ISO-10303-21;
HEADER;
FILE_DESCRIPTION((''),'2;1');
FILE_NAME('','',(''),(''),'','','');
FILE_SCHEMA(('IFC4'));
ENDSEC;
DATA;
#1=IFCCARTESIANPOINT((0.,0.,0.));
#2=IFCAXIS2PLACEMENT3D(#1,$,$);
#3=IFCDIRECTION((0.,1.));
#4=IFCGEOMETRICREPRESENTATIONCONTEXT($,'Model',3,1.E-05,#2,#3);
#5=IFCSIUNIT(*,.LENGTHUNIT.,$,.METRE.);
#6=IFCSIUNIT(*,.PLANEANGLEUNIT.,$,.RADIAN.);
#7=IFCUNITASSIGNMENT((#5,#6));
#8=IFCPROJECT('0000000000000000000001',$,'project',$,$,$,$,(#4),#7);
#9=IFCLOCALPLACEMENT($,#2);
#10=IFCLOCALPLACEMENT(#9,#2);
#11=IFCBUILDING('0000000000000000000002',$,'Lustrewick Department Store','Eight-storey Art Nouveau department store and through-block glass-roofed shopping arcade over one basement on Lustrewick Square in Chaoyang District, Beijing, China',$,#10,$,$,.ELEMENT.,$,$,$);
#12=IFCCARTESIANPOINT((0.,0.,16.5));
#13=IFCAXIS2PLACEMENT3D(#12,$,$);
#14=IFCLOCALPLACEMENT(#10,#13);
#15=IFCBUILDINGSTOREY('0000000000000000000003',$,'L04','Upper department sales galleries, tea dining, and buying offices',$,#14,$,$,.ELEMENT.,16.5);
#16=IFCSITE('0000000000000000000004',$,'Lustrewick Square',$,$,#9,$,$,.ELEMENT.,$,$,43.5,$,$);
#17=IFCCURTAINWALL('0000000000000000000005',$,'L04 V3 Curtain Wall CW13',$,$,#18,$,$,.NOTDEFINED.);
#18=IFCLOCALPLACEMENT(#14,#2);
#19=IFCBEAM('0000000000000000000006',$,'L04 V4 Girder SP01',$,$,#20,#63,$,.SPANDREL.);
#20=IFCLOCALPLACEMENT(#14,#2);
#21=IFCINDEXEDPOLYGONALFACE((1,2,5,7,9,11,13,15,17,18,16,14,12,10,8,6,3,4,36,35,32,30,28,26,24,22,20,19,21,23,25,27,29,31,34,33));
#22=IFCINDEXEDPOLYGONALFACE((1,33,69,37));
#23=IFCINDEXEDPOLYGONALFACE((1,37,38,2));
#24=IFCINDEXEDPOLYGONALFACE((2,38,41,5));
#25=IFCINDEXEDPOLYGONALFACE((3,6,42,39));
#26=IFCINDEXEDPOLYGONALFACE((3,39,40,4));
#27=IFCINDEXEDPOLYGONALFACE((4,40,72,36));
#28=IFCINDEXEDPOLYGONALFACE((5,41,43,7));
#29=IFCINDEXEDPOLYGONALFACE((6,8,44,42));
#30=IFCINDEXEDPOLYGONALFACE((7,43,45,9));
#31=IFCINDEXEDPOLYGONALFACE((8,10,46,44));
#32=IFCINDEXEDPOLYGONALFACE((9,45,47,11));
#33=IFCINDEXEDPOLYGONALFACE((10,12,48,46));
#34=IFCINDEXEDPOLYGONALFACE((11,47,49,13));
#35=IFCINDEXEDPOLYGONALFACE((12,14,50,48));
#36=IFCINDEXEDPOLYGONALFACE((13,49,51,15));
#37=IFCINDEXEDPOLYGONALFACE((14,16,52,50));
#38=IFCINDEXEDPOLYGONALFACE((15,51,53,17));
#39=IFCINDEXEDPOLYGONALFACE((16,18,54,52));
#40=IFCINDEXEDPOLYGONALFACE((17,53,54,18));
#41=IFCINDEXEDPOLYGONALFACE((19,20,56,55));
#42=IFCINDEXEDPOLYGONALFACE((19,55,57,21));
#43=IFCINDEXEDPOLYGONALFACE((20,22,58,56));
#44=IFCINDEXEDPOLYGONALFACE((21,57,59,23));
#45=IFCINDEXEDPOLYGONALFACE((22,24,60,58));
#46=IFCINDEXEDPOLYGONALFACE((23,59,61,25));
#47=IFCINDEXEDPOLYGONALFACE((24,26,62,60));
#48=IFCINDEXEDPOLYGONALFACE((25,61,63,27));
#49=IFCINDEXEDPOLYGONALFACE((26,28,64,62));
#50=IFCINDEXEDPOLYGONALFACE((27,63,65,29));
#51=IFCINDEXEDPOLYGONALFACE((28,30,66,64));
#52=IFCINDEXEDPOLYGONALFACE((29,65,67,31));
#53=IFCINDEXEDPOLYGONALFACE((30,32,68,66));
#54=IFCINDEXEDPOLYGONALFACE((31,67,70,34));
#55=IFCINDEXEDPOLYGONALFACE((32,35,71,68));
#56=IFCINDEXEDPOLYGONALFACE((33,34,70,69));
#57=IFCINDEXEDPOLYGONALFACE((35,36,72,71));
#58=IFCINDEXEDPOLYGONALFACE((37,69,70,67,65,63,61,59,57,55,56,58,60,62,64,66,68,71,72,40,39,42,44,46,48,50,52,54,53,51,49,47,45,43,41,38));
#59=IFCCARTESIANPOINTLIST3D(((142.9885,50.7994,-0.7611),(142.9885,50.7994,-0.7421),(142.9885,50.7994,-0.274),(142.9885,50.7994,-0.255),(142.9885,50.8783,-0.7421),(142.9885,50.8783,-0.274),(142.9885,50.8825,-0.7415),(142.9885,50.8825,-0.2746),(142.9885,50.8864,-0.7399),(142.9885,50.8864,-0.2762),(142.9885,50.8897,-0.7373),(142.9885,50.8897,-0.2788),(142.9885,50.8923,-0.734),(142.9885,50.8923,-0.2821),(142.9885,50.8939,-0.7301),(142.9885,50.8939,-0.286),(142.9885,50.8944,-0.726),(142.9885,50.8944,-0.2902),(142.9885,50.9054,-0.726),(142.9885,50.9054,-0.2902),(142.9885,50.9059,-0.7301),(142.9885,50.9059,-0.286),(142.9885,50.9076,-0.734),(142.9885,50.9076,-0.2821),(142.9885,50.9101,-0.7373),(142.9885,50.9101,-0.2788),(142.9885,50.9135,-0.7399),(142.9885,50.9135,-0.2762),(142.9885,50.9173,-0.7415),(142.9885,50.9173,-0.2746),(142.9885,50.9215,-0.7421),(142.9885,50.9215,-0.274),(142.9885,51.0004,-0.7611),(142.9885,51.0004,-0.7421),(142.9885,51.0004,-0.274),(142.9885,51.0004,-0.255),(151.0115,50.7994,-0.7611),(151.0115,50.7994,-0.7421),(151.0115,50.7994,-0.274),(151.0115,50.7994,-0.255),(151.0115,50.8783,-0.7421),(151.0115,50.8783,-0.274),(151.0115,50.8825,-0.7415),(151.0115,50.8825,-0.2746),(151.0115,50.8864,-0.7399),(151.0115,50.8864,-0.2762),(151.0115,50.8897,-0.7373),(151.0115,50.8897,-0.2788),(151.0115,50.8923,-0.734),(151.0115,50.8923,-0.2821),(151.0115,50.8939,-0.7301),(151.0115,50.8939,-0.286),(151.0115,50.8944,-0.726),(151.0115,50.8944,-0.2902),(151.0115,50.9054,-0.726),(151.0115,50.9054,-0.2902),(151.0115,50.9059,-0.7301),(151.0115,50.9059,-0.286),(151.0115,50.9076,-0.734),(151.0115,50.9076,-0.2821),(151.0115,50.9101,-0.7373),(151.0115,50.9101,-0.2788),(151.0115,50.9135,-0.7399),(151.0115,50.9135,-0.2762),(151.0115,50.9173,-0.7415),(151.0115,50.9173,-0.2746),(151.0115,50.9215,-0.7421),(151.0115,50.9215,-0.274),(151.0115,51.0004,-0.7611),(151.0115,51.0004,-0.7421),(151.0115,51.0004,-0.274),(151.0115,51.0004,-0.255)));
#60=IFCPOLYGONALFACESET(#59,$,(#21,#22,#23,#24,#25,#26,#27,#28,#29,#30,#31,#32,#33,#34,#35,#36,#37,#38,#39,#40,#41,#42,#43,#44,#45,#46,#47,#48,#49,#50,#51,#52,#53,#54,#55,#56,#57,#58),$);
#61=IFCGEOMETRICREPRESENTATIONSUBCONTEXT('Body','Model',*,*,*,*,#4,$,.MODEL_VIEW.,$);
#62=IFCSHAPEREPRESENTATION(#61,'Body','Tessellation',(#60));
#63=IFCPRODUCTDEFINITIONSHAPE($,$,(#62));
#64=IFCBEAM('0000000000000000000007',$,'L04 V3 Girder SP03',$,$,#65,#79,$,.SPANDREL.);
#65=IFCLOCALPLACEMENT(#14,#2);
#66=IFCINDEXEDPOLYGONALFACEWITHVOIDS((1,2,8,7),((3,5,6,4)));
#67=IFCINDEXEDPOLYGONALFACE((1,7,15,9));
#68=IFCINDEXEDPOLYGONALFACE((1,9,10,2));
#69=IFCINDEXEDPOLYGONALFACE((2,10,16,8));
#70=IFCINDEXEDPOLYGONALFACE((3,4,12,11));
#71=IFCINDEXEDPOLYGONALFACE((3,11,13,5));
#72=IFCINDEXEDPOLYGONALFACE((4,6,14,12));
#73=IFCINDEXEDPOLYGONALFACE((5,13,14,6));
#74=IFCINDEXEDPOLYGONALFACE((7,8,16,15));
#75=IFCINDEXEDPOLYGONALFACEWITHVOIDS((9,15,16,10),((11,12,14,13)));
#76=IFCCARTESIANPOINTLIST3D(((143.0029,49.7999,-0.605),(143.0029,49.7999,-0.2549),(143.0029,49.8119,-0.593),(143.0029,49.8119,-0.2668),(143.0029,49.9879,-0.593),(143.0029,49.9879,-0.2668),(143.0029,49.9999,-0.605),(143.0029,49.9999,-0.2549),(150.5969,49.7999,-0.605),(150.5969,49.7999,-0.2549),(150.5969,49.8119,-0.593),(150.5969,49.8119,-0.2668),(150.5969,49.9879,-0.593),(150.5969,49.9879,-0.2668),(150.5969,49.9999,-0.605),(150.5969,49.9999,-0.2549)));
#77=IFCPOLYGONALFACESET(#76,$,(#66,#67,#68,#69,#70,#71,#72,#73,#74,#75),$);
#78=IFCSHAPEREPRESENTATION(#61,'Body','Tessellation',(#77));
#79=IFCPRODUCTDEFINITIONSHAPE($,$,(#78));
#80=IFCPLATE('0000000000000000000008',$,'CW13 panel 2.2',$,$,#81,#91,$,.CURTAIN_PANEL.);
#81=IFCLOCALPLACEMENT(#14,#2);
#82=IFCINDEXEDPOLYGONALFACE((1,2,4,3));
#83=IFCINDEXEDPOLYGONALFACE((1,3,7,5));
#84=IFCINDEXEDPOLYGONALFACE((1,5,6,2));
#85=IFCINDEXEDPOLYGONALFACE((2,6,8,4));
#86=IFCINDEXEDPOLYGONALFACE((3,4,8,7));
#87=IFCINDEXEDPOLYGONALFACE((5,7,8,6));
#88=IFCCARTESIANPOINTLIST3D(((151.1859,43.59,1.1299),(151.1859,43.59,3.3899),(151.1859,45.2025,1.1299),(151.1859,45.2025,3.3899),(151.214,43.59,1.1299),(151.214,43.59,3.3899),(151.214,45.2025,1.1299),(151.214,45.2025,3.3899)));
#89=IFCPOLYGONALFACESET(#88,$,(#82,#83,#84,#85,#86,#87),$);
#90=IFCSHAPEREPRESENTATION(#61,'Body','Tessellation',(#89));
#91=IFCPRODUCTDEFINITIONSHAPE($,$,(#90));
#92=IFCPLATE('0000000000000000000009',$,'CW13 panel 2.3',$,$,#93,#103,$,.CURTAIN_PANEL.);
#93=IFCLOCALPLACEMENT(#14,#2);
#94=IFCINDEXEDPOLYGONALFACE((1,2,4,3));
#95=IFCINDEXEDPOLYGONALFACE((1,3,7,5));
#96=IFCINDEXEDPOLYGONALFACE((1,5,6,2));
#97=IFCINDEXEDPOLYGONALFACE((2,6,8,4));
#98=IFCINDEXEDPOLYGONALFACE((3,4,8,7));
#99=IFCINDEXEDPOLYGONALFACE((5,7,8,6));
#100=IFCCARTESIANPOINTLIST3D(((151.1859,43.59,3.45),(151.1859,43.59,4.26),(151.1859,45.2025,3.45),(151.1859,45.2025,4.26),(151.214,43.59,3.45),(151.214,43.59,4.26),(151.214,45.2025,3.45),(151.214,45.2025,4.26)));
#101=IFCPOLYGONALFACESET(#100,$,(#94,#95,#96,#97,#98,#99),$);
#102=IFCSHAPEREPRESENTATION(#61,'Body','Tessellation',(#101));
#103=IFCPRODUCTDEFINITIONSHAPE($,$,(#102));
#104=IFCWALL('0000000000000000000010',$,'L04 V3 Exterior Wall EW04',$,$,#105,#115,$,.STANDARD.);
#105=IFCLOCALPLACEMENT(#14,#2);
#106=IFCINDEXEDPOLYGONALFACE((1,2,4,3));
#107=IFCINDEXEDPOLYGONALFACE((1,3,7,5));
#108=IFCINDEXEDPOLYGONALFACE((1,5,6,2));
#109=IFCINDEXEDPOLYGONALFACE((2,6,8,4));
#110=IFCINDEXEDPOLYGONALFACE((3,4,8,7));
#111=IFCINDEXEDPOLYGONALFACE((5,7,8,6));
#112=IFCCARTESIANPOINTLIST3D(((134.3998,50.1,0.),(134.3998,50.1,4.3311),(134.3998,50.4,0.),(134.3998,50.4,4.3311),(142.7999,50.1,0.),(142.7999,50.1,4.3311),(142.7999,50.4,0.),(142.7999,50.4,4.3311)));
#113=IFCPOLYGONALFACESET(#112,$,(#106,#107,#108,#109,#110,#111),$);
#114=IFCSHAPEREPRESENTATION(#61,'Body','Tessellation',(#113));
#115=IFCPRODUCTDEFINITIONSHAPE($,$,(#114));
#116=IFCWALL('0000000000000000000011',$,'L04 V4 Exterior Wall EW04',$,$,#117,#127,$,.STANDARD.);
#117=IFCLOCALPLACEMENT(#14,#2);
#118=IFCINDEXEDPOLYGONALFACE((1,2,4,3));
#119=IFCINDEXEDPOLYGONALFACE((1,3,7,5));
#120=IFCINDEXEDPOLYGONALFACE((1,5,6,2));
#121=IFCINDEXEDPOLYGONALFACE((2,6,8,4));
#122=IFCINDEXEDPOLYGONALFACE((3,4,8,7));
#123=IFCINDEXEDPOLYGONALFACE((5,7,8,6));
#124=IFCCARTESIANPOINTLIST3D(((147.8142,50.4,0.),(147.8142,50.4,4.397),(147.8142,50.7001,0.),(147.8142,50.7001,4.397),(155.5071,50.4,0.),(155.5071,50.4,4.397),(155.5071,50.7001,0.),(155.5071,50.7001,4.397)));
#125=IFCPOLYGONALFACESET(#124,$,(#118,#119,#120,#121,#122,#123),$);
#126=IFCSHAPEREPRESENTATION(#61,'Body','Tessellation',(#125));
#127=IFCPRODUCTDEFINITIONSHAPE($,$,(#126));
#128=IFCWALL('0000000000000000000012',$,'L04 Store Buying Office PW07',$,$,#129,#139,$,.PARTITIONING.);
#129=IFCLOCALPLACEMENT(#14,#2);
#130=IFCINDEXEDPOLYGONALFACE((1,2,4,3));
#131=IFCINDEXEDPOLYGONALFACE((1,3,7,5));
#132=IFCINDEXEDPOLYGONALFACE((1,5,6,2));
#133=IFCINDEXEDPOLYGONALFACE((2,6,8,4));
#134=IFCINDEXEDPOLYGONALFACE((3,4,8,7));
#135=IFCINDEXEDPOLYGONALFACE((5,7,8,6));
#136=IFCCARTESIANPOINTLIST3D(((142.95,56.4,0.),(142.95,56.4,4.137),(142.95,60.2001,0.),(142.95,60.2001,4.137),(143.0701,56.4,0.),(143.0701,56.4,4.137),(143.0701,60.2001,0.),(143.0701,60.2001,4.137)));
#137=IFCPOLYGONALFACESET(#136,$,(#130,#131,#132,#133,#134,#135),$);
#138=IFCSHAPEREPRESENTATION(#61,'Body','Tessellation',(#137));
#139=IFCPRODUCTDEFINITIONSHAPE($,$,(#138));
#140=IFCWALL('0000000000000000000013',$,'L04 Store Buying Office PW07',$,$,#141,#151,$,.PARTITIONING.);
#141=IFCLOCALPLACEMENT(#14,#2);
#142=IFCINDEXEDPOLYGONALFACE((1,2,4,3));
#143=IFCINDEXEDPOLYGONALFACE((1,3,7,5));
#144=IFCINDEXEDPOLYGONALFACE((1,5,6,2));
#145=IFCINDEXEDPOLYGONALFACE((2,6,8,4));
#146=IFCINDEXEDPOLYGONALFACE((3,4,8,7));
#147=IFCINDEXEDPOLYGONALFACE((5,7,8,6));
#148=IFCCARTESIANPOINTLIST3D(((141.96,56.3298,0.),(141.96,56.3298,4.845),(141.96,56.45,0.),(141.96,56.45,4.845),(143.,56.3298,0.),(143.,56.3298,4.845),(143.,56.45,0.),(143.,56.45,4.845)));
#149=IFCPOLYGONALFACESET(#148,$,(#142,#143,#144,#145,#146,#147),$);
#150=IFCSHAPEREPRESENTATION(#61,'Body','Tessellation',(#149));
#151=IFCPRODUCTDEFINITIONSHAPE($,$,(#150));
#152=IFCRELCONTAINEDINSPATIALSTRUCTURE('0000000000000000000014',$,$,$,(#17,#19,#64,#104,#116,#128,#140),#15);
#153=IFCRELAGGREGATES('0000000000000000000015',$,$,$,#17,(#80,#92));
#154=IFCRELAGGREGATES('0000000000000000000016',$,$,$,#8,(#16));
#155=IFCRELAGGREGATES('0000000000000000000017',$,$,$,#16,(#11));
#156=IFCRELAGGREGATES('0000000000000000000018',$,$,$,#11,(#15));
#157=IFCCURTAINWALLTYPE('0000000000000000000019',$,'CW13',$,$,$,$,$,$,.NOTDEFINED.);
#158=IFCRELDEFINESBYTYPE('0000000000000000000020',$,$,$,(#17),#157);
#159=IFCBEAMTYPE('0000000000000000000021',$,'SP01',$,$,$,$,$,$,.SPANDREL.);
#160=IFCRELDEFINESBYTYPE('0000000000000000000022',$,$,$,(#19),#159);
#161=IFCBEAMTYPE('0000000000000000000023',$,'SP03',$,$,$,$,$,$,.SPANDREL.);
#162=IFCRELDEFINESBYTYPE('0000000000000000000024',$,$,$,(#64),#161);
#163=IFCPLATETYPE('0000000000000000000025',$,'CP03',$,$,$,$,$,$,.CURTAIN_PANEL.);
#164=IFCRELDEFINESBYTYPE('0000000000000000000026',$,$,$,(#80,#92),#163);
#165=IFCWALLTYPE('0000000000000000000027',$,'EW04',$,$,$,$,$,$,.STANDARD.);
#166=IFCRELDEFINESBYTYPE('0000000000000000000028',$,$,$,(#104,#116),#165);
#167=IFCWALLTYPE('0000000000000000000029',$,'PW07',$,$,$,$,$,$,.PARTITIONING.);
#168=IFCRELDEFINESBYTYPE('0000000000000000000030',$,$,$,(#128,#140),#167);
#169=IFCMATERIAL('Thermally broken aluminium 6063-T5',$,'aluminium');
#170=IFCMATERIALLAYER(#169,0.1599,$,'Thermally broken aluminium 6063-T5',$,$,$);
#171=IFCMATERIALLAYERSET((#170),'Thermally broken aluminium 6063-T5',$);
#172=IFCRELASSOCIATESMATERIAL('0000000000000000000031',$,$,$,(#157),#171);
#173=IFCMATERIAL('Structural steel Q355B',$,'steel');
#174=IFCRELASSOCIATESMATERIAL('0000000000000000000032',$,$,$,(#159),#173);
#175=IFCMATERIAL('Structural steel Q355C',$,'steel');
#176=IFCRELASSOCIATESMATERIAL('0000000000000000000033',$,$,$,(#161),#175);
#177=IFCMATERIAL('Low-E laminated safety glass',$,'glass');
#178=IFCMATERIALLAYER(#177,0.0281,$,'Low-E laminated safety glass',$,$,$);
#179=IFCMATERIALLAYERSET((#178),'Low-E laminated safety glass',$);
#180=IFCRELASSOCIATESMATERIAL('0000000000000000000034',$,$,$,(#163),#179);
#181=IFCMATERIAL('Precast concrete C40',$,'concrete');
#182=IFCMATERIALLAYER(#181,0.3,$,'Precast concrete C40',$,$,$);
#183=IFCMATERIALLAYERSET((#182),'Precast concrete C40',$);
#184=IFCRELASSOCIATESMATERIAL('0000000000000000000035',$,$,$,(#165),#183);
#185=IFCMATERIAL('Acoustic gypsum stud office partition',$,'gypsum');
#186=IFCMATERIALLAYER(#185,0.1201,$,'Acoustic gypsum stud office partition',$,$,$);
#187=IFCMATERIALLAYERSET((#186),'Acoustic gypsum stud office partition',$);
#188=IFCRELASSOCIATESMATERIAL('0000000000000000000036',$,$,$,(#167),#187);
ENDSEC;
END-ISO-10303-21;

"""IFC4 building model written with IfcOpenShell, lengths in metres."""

from ifc_helpers import new_model, si_unit, direction, frame, frame_2d, origin, origin_2d, place, context, subcontext, project, spatial, rectangle, hollow_rectangle, i_section, extrude, material, layer, layer_set, material_profile, profile_set, type_object, element, aggregate, save


model = new_model("IFC4")

# Units and contexts
model_context = context("Model", 3, precision=1e-05, world=origin(), true_north=direction((0.0, 1.0)))
body_context = subcontext(model_context, "Body", "Model", "MODEL_VIEW")
ifc_project = project(units=[si_unit("LENGTHUNIT", "METRE"), si_unit("PLANEANGLEUNIT", "RADIAN")], contexts=[model_context])

# Site, building, storey
site_placement = place(None, origin())
site = spatial("IfcSite", under=ifc_project, at=site_placement, Name="Lustrewick Square", CompositionType="ELEMENT", RefElevation=43.5)
building_placement = place(site_placement, origin())
building = spatial("IfcBuilding", under=site, at=building_placement, Name="Lustrewick Department Store", Description="Eight-storey Art Nouveau department store and through-block glass-roofed shopping arcade over one basement on Lustrewick Square in Chaoyang District, Beijing, China", CompositionType="ELEMENT")
storey_placement = place(building_placement, frame((0.0, 0.0, 16.5)))
storey = spatial("IfcBuildingStorey", under=building, at=storey_placement, Name="L04", Description="Upper department sales galleries, tea dining, and buying offices", CompositionType="ELEMENT", Elevation=16.5)

# Shared definitions
ifc_material_1 = material(Name="Structural steel Q355C", Category="steel")
ifc_material_2 = material(Name="Structural steel Q355B", Category="steel")

# Curtain wall
ifc_material_3 = material(Name="Thermally broken aluminium 6063-T5", Category="aluminium")
ifc_layer_1 = layer(ifc_material_3, 0.1599, Name="Thermally broken aluminium 6063-T5")
ifc_layer_set_1 = layer_set([ifc_layer_1], Name="Thermally broken aluminium 6063-T5")
curtain_wall_type = type_object("IfcCurtainWallType", Name="CW13", PredefinedType="NOTDEFINED", material=ifc_layer_set_1)
curtain_wall_placement = place(storey_placement, origin())
curtain_wall = element("IfcCurtainWall", 1, at=curtain_wall_placement, inside=storey, type_object=curtain_wall_type, Name="L04 V3 Curtain Wall CW13", PredefinedType="NOTDEFINED")

# Beams
ifc_material_profile_1 = material_profile(ifc_material_2, i_section(OverallWidth=0.2009, OverallDepth=0.5061, WebThickness=0.011, FlangeThickness=0.019, FilletRadius=0.0161, at=origin_2d()), Name="HN 506x201x11x19")
ifc_profile_set_1 = profile_set([ifc_material_profile_1], Name="Structural steel Q355B")
beam_type_1 = type_object("IfcBeamType", Name="SP01", PredefinedType="SPANDREL", material=ifc_profile_set_1)
beam_1_placement = place(storey_placement, frame((142.9885, 50.8999, -0.5081), z_axis=(1.0, 0.0, 0.0), x_axis=(0.0, 1.0, 0.0)))
element("IfcBeam", 2, at=beam_1_placement, inside=storey, type_object=beam_type_1, Name="L04 V4 Girder SP01", PredefinedType="SPANDREL", context=body_context, shape_type="SweptSolid", body=[
    extrude(i_section(OverallWidth=0.2009, OverallDepth=0.5061, WebThickness=0.011, FlangeThickness=0.019, FilletRadius=0.0161, at=origin_2d()), origin(), (0.0, 0.0, 1.0), 8.0229),
])
ifc_material_profile_2 = material_profile(ifc_material_1, hollow_rectangle(XDim=0.2, YDim=0.3501, WallThickness=0.012, at=origin_2d()), Name="RHS 350x200x12")
ifc_profile_set_2 = profile_set([ifc_material_profile_2], Name="Structural steel Q355C")
beam_type_2 = type_object("IfcBeamType", Name="SP03", PredefinedType="SPANDREL", material=ifc_profile_set_2)
beam_2_placement = place(storey_placement, frame((143.0029, 49.8999, -0.4299), z_axis=(1.0, 0.0, 0.0), x_axis=(0.0, 1.0, 0.0)))
element("IfcBeam", 3, at=beam_2_placement, inside=storey, type_object=beam_type_2, Name="L04 V3 Girder SP03", PredefinedType="SPANDREL", context=body_context, shape_type="SweptSolid", body=[
    extrude(hollow_rectangle(XDim=0.2, YDim=0.3501, WallThickness=0.012, at=origin_2d()), origin(), (0.0, 0.0, 1.0), 7.594),
])

# Plates
ifc_material_4 = material(Name="Low-E laminated safety glass", Category="glass")
ifc_layer_2 = layer(ifc_material_4, 0.0281, Name="Low-E laminated safety glass")
ifc_layer_set_2 = layer_set([ifc_layer_2], Name="Low-E laminated safety glass")
plate_type = type_object("IfcPlateType", Name="CP03", PredefinedType="CURTAIN_PANEL", material=ifc_layer_set_2)
plate_1_placement = place(storey_placement, frame((151.2, 44.3962, 1.1299), z_axis=(0.0, 0.0, 1.0), x_axis=(0.0, 1.0, 0.0)))
plate_1 = element("IfcPlate", 4, at=plate_1_placement, type_object=plate_type, Name="CW13 panel 2.2", PredefinedType="CURTAIN_PANEL", context=body_context, shape_type="SweptSolid", body=[
    extrude(rectangle(XDim=1.6125, YDim=0.0281, at=origin_2d()), origin(), (0.0, 0.0, 1.0), 2.26),
])
plate_2_placement = place(storey_placement, frame((151.2, 44.3962, 3.45), z_axis=(0.0, 0.0, 1.0), x_axis=(0.0, 1.0, 0.0)))
plate_2 = element("IfcPlate", 5, at=plate_2_placement, type_object=plate_type, Name="CW13 panel 2.3", PredefinedType="CURTAIN_PANEL", context=body_context, shape_type="SweptSolid", body=[
    extrude(rectangle(XDim=1.6125, YDim=0.0281, at=origin_2d()), origin(), (0.0, 0.0, 1.0), 0.8101),
])
aggregate(curtain_wall, [plate_1, plate_2])

# Walls
ifc_material_5 = material(Name="Precast concrete C40", Category="concrete")
ifc_layer_3 = layer(ifc_material_5, 0.3, Name="Precast concrete C40")
ifc_layer_set_3 = layer_set([ifc_layer_3], Name="Precast concrete C40")
wall_type_1 = type_object("IfcWallType", Name="EW04", PredefinedType="STANDARD", material=ifc_layer_set_3)
wall_1_placement = place(storey_placement, frame((142.8, 50.25, 0.0), z_axis=(0.0, 0.0, 1.0), x_axis=(-1.0, 0.0, 0.0)))
element("IfcWall", 6, at=wall_1_placement, inside=storey, type_object=wall_type_1, Name="L04 V3 Exterior Wall EW04", PredefinedType="STANDARD", context=body_context, shape_type="SweptSolid", body=[
    extrude(rectangle(XDim=8.4001, YDim=0.3, at=frame_2d((4.2002, 0.0))), origin(), (0.0, 0.0, 1.0), 4.3311),
])
wall_2_placement = place(storey_placement, frame((147.8142, 50.55, 0.0), z_axis=(0.0, 0.0, 1.0), x_axis=(1.0, 0.0, 0.0)))
element("IfcWall", 7, at=wall_2_placement, inside=storey, type_object=wall_type_1, Name="L04 V4 Exterior Wall EW04", PredefinedType="STANDARD", context=body_context, shape_type="SweptSolid", body=[
    extrude(rectangle(XDim=7.6929, YDim=0.3, at=frame_2d((3.8464, 0.0))), origin(), (0.0, 0.0, 1.0), 4.397),
])
ifc_material_6 = material(Name="Acoustic gypsum stud office partition", Category="gypsum")
ifc_layer_4 = layer(ifc_material_6, 0.1201, Name="Acoustic gypsum stud office partition")
ifc_layer_set_4 = layer_set([ifc_layer_4], Name="Acoustic gypsum stud office partition")
wall_type_2 = type_object("IfcWallType", Name="PW07", PredefinedType="PARTITIONING", material=ifc_layer_set_4)
wall_3_placement = place(storey_placement, frame((143.01, 60.2, 0.0), z_axis=(0.0, 0.0, 1.0), x_axis=(0.0, -1.0, 0.0)))
element("IfcWall", 8, at=wall_3_placement, inside=storey, type_object=wall_type_2, Name="L04 Store Buying Office PW07", PredefinedType="PARTITIONING", context=body_context, shape_type="SweptSolid", body=[
    extrude(rectangle(XDim=3.8, YDim=0.1201, at=frame_2d((1.8999, 0.0))), origin(), (0.0, 0.0, 1.0), 4.137),
])
wall_4_placement = place(storey_placement, frame((143.0, 56.3899, 0.0), z_axis=(0.0, 0.0, 1.0), x_axis=(-1.0, 0.0, 0.0)))
element("IfcWall", 9, at=wall_4_placement, inside=storey, type_object=wall_type_2, Name="L04 Store Buying Office PW07", PredefinedType="PARTITIONING", context=body_context, shape_type="SweptSolid", body=[
    extrude(rectangle(XDim=1.04, YDim=0.1201, at=frame_2d((0.52, 0.0))), origin(), (0.0, 0.0, 1.0), 4.845),
])

save(model, "model.ifc")
